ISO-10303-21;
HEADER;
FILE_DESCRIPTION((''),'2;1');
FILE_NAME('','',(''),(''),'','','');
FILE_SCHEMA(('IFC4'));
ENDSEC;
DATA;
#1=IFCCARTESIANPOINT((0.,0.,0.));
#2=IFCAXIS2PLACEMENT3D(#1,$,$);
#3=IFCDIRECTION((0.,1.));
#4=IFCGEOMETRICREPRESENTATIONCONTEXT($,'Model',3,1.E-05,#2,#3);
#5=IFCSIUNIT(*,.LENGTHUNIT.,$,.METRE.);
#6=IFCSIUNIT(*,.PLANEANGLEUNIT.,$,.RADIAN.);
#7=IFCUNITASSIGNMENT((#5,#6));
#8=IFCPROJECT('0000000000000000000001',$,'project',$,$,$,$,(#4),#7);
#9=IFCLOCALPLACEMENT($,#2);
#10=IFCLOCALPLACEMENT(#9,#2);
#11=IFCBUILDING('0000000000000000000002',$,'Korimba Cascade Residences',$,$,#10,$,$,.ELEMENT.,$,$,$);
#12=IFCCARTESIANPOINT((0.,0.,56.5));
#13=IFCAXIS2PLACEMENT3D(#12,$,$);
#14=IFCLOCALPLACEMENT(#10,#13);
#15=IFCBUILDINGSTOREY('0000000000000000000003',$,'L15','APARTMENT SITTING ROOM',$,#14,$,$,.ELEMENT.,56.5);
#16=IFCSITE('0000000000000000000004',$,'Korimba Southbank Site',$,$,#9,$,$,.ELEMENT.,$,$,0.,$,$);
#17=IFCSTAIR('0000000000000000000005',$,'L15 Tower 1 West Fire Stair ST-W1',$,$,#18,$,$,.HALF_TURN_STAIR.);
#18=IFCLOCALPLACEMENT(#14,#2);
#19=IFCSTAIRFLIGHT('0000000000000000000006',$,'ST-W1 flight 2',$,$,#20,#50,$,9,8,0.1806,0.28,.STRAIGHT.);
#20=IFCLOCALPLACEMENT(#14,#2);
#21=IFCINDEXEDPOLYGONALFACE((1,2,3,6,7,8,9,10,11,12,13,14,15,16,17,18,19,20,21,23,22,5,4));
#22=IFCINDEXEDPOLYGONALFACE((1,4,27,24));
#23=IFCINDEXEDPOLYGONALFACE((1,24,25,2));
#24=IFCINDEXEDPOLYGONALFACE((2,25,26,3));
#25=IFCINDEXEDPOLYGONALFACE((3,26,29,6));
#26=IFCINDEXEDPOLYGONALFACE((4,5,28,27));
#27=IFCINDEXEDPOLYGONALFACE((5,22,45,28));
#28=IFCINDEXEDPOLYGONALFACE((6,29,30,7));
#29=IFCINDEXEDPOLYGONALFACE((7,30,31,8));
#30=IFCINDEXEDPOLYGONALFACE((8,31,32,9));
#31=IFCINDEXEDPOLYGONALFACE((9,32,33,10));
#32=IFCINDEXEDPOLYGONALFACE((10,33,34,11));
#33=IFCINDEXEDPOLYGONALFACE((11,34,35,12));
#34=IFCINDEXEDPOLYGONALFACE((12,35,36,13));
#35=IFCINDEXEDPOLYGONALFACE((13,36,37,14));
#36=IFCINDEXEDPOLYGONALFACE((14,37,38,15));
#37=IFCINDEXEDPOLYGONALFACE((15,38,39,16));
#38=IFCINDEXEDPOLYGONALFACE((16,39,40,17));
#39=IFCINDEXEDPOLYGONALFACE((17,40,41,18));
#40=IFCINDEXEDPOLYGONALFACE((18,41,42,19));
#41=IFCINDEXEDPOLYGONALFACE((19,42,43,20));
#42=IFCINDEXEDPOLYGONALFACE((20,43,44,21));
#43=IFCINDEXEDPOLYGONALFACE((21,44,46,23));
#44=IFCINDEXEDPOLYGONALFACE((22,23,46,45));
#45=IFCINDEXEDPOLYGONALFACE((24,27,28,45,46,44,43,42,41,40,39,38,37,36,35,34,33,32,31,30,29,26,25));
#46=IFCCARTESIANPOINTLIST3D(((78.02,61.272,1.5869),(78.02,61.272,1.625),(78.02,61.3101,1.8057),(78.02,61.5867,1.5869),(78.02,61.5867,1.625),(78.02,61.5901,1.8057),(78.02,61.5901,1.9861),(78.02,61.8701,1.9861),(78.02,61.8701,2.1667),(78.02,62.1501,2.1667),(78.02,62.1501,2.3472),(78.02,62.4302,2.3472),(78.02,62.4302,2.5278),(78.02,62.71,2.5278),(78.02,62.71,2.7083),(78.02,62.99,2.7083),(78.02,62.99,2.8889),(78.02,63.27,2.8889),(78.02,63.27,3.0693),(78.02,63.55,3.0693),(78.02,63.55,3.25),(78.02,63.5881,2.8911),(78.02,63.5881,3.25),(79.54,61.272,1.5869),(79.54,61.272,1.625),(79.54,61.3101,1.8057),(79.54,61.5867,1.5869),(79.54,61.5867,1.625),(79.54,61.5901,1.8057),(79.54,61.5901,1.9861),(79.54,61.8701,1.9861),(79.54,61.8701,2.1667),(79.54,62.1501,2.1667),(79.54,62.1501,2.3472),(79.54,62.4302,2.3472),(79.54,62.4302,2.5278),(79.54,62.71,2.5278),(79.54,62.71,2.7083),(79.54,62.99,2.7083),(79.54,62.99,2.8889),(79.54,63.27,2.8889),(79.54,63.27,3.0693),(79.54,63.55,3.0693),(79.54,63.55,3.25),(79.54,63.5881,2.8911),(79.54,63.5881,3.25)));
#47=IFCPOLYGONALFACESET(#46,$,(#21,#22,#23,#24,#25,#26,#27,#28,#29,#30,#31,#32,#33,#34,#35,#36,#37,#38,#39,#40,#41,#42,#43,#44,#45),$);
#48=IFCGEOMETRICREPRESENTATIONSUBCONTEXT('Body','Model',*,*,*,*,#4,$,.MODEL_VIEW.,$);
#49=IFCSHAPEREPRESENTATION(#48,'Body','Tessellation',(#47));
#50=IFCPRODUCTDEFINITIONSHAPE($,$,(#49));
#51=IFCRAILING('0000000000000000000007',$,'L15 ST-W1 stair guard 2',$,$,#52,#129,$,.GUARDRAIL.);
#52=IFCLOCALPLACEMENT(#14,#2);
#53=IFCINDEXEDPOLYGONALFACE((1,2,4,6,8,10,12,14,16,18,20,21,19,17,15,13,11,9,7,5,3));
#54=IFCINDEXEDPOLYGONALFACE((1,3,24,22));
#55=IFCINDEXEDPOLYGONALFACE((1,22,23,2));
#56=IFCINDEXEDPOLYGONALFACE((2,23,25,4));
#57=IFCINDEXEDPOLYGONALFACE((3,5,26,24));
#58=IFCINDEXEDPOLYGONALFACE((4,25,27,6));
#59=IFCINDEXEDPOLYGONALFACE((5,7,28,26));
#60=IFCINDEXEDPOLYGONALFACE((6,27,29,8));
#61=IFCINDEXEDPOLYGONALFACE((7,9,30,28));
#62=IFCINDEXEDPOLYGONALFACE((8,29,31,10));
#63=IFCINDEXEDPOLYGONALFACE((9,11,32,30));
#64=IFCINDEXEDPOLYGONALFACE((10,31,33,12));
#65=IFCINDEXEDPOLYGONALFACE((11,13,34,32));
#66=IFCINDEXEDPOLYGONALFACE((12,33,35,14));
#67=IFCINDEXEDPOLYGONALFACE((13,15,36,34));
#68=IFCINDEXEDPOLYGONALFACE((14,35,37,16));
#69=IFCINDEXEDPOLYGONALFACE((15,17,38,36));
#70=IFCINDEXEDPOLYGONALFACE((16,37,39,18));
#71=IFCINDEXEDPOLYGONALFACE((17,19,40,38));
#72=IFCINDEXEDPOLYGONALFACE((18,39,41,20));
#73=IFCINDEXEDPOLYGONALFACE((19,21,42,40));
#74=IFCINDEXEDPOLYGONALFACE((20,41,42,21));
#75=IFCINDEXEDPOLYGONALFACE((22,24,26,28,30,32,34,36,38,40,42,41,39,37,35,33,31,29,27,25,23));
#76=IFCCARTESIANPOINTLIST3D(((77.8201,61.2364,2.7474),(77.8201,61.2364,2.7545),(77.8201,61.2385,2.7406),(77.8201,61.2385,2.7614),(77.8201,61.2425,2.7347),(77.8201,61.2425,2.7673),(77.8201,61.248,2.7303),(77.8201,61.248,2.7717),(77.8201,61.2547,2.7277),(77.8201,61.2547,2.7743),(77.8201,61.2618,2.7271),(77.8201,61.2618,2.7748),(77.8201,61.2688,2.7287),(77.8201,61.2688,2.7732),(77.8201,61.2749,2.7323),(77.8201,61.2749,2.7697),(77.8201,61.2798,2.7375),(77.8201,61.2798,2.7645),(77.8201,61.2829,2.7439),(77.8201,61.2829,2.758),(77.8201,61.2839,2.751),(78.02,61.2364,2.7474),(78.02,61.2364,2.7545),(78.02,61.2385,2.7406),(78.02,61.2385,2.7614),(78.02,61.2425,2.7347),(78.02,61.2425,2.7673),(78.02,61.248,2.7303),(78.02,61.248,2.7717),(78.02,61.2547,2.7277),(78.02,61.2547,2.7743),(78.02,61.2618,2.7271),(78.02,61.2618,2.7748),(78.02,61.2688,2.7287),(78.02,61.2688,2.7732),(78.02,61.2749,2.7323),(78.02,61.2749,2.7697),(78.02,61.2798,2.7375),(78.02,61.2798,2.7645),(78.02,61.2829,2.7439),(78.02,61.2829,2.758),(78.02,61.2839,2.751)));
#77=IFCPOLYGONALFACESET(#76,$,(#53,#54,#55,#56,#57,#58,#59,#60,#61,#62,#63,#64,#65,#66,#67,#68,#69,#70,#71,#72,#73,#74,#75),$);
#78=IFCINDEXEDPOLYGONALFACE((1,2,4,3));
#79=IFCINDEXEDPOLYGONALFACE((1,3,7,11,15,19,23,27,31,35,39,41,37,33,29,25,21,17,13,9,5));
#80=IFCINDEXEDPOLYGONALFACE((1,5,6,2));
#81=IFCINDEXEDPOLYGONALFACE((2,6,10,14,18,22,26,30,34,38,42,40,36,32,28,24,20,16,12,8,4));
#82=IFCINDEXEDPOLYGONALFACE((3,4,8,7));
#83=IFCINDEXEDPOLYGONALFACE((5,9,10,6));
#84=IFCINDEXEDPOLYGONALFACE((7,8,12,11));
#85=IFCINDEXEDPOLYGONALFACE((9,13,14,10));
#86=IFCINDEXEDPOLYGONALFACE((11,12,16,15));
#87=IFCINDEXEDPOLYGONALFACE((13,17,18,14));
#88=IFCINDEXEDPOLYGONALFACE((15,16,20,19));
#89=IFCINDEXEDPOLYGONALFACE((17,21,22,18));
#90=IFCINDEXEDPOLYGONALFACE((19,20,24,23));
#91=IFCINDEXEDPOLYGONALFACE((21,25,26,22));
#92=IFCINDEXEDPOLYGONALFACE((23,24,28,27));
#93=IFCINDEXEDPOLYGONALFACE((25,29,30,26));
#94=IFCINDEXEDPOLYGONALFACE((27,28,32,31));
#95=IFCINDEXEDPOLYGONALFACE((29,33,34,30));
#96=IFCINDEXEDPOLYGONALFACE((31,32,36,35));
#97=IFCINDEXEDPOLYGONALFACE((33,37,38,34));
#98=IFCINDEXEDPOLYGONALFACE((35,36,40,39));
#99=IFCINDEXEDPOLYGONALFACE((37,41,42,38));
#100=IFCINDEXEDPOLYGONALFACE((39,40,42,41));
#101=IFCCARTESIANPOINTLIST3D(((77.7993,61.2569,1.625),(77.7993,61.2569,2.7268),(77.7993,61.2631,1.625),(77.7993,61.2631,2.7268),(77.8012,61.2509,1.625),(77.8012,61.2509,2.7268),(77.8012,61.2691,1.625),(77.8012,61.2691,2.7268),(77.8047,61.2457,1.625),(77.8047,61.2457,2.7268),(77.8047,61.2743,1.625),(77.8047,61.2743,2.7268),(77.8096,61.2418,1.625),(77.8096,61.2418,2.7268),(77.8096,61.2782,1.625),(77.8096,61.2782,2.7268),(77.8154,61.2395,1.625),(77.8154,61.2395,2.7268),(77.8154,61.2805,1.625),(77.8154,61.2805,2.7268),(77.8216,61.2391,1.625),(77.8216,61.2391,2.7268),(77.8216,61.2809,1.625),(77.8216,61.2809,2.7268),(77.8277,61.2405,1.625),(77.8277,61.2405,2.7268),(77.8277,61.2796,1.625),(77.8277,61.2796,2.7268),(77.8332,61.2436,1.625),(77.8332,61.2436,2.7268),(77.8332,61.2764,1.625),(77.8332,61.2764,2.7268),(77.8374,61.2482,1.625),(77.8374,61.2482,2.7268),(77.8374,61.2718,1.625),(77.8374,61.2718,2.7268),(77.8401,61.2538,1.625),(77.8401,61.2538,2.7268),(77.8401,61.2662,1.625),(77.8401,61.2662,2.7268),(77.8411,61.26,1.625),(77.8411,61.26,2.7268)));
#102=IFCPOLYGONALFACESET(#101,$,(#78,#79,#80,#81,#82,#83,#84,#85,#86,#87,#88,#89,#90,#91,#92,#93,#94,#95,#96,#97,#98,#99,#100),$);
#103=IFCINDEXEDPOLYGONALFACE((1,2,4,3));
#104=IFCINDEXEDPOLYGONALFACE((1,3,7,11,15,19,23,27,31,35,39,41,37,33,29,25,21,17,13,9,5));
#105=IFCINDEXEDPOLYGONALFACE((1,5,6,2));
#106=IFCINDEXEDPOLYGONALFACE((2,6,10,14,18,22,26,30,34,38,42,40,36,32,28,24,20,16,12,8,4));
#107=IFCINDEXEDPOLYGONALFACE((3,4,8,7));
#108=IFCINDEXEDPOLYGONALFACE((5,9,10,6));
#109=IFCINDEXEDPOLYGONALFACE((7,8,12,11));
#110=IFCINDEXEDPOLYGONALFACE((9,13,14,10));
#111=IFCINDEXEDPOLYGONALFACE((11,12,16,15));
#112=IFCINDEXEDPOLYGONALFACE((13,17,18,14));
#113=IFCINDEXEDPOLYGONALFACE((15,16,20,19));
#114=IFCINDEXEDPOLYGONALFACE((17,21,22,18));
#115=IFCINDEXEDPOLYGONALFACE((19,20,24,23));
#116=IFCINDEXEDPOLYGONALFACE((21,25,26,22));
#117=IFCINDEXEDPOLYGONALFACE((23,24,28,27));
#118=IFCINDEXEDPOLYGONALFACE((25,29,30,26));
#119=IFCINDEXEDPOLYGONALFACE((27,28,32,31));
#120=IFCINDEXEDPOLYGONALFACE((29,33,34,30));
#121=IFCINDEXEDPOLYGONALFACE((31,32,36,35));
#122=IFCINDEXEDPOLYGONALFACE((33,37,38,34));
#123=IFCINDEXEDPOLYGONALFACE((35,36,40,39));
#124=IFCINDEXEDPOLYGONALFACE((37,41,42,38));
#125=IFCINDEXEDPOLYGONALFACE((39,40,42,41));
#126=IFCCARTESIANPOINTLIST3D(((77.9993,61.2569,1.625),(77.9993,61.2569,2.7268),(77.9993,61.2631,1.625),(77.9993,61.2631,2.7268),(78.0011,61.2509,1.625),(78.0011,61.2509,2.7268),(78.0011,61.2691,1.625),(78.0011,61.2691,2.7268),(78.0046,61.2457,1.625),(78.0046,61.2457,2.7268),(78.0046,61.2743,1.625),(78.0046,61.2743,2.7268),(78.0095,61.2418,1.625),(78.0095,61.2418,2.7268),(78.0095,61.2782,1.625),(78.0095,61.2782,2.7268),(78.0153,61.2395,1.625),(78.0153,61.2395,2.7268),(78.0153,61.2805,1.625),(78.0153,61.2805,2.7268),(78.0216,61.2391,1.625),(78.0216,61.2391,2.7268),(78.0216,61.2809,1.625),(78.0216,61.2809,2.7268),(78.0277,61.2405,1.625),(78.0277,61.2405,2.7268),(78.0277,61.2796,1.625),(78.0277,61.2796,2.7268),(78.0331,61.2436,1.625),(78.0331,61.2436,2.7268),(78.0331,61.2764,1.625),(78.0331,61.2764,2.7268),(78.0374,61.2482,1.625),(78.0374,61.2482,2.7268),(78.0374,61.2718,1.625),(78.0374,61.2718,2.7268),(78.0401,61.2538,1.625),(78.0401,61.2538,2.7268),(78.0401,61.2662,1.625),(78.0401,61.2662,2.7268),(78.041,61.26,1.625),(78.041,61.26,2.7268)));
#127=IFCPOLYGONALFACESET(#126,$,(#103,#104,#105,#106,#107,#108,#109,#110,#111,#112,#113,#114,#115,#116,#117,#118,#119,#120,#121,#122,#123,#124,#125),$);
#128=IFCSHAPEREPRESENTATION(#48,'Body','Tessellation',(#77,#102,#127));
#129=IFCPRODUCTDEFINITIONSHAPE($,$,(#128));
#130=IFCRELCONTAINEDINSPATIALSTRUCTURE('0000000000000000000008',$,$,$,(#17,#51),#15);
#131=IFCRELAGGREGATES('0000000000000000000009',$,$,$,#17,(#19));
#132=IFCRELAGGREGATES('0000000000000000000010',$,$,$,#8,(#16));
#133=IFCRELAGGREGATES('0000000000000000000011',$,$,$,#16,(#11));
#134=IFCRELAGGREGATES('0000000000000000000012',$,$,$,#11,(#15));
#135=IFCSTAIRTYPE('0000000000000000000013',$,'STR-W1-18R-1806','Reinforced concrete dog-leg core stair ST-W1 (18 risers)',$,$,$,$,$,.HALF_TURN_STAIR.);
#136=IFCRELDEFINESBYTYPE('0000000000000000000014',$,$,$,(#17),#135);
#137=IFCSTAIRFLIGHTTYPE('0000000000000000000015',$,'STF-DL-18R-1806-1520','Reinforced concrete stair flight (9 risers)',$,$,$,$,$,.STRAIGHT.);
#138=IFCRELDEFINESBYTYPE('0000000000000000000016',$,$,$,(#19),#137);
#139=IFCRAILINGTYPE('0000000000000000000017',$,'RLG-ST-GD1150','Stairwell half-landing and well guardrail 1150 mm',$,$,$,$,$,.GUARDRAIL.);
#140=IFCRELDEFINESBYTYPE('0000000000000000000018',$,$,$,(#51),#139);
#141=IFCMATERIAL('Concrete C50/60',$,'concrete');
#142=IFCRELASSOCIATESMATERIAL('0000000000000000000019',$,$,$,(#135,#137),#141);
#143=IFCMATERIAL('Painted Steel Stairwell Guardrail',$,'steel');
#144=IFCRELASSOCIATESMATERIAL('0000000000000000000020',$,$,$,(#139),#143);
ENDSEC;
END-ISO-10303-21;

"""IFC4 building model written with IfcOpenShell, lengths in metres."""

from ifc_helpers import new_model, si_unit, direction, frame, origin, origin_2d, place, context, subcontext, project, spatial, polyline, circle, outline, extrude, material, type_object, element, aggregate, save


model = new_model("IFC4")

# Units and contexts
model_context = context("Model", 3, precision=1e-05, world=origin(), true_north=direction((0.0, 1.0)))
body_context = subcontext(model_context, "Body", "Model", "MODEL_VIEW")
ifc_project = project(units=[si_unit("LENGTHUNIT", "METRE"), si_unit("PLANEANGLEUNIT", "RADIAN")], contexts=[model_context])

# Site, building, storey
site_placement = place(None, origin())
site = spatial("IfcSite", under=ifc_project, at=site_placement, Name="Korimba Southbank Site", CompositionType="ELEMENT", RefElevation=0.0)
building_placement = place(site_placement, origin())
building = spatial("IfcBuilding", under=site, at=building_placement, Name="Korimba Cascade Residences", CompositionType="ELEMENT")
storey_placement = place(building_placement, frame((0.0, 0.0, 56.5)))
storey = spatial("IfcBuildingStorey", under=building, at=storey_placement, Name="L15", Description="APARTMENT SITTING ROOM", CompositionType="ELEMENT", Elevation=56.5)

# Stair, stair flight
ifc_material_1 = material(Name="Concrete C50/60", Category="concrete")
stair_type = type_object("IfcStairType", Name="STR-W1-18R-1806", Description="Reinforced concrete dog-leg core stair ST-W1 (18 risers)", PredefinedType="HALF_TURN_STAIR", material=ifc_material_1)
stair_placement = place(storey_placement, origin())
stair = element("IfcStair", 1, at=stair_placement, inside=storey, type_object=stair_type, Name="L15 Tower 1 West Fire Stair ST-W1", PredefinedType="HALF_TURN_STAIR")
stair_flight_type = type_object("IfcStairFlightType", Name="STF-DL-18R-1806-1520", Description="Reinforced concrete stair flight (9 risers)", PredefinedType="STRAIGHT", material=ifc_material_1)
stair_flight_placement = place(storey_placement, frame((78.78, 61.3101, 1.625), z_axis=(0.0, 0.0, 1.0), x_axis=(0.0, 1.0, 0.0)))
stair_flight = element("IfcStairFlight", 2, at=stair_flight_placement, type_object=stair_flight_type, Name="ST-W1 flight 2", NumberOfRisers=9, NumberOfTreads=8, PredefinedType="STRAIGHT", RiserHeight=0.1806, TreadLength=0.28, context=body_context, shape_type="SweptSolid", body=[
    extrude(outline(polyline([(-0.0381, 0.0), (0.0, 0.1807), (0.28, 0.1807), (0.28, 0.3611), (0.5601, 0.3611), (0.5601, 0.5417), (0.8401, 0.5417), (0.8401, 0.7222), (1.1201, 0.7222), (1.1201, 0.9028), (1.3999, 0.9028), (1.3999, 1.0833), (1.6799, 1.0833), (1.6799, 1.2639), (1.96, 1.2639), (1.96, 1.4443), (2.24, 1.4443), (2.24, 1.625), (2.2781, 1.625), (2.2781, 1.2661), (0.2766, 0.0), (0.2766, -0.0381), (-0.0381, -0.0381), (-0.0381, 0.0)])), frame((0.0, 0.76, 0.0), z_axis=(0.0, -1.0, 0.0), x_axis=(1.0, 0.0, 0.0)), (0.0, 0.0, 1.0), 1.52),
])
aggregate(stair, [stair_flight])

# Railing
ifc_material_2 = material(Name="Painted Steel Stairwell Guardrail", Category="steel")
railing_type_1 = type_object("IfcRailingType", Name="RLG-ST-GD1150", Description="Stairwell half-landing and well guardrail 1150 mm", PredefinedType="GUARDRAIL", material=ifc_material_2)
railing_1_placement = place(storey_placement, frame((77.8201, 61.26, 1.625)))
element("IfcRailing", 3, at=railing_1_placement, inside=storey, type_object=railing_type_1, Name="L15 ST-W1 stair guard 2", PredefinedType="GUARDRAIL", context=body_context, shape_type="SweptSolid", body=[
    extrude(circle(Radius=0.0239, at=origin_2d()), frame((0.0, 0.0, 1.126), z_axis=(1.0, 0.0, 0.0), x_axis=(0.0, 1.0, 0.0)), (0.0, 0.0, 1.0), 0.2),
    extrude(circle(Radius=0.021, at=origin_2d()), origin(), (0.0, 0.0, 1.0), 1.1018),
    extrude(circle(Radius=0.021, at=origin_2d()), frame((0.2, 0.0, 0.0)), (0.0, 0.0, 1.0), 1.1018),
])

save(model, "model.ifc")
